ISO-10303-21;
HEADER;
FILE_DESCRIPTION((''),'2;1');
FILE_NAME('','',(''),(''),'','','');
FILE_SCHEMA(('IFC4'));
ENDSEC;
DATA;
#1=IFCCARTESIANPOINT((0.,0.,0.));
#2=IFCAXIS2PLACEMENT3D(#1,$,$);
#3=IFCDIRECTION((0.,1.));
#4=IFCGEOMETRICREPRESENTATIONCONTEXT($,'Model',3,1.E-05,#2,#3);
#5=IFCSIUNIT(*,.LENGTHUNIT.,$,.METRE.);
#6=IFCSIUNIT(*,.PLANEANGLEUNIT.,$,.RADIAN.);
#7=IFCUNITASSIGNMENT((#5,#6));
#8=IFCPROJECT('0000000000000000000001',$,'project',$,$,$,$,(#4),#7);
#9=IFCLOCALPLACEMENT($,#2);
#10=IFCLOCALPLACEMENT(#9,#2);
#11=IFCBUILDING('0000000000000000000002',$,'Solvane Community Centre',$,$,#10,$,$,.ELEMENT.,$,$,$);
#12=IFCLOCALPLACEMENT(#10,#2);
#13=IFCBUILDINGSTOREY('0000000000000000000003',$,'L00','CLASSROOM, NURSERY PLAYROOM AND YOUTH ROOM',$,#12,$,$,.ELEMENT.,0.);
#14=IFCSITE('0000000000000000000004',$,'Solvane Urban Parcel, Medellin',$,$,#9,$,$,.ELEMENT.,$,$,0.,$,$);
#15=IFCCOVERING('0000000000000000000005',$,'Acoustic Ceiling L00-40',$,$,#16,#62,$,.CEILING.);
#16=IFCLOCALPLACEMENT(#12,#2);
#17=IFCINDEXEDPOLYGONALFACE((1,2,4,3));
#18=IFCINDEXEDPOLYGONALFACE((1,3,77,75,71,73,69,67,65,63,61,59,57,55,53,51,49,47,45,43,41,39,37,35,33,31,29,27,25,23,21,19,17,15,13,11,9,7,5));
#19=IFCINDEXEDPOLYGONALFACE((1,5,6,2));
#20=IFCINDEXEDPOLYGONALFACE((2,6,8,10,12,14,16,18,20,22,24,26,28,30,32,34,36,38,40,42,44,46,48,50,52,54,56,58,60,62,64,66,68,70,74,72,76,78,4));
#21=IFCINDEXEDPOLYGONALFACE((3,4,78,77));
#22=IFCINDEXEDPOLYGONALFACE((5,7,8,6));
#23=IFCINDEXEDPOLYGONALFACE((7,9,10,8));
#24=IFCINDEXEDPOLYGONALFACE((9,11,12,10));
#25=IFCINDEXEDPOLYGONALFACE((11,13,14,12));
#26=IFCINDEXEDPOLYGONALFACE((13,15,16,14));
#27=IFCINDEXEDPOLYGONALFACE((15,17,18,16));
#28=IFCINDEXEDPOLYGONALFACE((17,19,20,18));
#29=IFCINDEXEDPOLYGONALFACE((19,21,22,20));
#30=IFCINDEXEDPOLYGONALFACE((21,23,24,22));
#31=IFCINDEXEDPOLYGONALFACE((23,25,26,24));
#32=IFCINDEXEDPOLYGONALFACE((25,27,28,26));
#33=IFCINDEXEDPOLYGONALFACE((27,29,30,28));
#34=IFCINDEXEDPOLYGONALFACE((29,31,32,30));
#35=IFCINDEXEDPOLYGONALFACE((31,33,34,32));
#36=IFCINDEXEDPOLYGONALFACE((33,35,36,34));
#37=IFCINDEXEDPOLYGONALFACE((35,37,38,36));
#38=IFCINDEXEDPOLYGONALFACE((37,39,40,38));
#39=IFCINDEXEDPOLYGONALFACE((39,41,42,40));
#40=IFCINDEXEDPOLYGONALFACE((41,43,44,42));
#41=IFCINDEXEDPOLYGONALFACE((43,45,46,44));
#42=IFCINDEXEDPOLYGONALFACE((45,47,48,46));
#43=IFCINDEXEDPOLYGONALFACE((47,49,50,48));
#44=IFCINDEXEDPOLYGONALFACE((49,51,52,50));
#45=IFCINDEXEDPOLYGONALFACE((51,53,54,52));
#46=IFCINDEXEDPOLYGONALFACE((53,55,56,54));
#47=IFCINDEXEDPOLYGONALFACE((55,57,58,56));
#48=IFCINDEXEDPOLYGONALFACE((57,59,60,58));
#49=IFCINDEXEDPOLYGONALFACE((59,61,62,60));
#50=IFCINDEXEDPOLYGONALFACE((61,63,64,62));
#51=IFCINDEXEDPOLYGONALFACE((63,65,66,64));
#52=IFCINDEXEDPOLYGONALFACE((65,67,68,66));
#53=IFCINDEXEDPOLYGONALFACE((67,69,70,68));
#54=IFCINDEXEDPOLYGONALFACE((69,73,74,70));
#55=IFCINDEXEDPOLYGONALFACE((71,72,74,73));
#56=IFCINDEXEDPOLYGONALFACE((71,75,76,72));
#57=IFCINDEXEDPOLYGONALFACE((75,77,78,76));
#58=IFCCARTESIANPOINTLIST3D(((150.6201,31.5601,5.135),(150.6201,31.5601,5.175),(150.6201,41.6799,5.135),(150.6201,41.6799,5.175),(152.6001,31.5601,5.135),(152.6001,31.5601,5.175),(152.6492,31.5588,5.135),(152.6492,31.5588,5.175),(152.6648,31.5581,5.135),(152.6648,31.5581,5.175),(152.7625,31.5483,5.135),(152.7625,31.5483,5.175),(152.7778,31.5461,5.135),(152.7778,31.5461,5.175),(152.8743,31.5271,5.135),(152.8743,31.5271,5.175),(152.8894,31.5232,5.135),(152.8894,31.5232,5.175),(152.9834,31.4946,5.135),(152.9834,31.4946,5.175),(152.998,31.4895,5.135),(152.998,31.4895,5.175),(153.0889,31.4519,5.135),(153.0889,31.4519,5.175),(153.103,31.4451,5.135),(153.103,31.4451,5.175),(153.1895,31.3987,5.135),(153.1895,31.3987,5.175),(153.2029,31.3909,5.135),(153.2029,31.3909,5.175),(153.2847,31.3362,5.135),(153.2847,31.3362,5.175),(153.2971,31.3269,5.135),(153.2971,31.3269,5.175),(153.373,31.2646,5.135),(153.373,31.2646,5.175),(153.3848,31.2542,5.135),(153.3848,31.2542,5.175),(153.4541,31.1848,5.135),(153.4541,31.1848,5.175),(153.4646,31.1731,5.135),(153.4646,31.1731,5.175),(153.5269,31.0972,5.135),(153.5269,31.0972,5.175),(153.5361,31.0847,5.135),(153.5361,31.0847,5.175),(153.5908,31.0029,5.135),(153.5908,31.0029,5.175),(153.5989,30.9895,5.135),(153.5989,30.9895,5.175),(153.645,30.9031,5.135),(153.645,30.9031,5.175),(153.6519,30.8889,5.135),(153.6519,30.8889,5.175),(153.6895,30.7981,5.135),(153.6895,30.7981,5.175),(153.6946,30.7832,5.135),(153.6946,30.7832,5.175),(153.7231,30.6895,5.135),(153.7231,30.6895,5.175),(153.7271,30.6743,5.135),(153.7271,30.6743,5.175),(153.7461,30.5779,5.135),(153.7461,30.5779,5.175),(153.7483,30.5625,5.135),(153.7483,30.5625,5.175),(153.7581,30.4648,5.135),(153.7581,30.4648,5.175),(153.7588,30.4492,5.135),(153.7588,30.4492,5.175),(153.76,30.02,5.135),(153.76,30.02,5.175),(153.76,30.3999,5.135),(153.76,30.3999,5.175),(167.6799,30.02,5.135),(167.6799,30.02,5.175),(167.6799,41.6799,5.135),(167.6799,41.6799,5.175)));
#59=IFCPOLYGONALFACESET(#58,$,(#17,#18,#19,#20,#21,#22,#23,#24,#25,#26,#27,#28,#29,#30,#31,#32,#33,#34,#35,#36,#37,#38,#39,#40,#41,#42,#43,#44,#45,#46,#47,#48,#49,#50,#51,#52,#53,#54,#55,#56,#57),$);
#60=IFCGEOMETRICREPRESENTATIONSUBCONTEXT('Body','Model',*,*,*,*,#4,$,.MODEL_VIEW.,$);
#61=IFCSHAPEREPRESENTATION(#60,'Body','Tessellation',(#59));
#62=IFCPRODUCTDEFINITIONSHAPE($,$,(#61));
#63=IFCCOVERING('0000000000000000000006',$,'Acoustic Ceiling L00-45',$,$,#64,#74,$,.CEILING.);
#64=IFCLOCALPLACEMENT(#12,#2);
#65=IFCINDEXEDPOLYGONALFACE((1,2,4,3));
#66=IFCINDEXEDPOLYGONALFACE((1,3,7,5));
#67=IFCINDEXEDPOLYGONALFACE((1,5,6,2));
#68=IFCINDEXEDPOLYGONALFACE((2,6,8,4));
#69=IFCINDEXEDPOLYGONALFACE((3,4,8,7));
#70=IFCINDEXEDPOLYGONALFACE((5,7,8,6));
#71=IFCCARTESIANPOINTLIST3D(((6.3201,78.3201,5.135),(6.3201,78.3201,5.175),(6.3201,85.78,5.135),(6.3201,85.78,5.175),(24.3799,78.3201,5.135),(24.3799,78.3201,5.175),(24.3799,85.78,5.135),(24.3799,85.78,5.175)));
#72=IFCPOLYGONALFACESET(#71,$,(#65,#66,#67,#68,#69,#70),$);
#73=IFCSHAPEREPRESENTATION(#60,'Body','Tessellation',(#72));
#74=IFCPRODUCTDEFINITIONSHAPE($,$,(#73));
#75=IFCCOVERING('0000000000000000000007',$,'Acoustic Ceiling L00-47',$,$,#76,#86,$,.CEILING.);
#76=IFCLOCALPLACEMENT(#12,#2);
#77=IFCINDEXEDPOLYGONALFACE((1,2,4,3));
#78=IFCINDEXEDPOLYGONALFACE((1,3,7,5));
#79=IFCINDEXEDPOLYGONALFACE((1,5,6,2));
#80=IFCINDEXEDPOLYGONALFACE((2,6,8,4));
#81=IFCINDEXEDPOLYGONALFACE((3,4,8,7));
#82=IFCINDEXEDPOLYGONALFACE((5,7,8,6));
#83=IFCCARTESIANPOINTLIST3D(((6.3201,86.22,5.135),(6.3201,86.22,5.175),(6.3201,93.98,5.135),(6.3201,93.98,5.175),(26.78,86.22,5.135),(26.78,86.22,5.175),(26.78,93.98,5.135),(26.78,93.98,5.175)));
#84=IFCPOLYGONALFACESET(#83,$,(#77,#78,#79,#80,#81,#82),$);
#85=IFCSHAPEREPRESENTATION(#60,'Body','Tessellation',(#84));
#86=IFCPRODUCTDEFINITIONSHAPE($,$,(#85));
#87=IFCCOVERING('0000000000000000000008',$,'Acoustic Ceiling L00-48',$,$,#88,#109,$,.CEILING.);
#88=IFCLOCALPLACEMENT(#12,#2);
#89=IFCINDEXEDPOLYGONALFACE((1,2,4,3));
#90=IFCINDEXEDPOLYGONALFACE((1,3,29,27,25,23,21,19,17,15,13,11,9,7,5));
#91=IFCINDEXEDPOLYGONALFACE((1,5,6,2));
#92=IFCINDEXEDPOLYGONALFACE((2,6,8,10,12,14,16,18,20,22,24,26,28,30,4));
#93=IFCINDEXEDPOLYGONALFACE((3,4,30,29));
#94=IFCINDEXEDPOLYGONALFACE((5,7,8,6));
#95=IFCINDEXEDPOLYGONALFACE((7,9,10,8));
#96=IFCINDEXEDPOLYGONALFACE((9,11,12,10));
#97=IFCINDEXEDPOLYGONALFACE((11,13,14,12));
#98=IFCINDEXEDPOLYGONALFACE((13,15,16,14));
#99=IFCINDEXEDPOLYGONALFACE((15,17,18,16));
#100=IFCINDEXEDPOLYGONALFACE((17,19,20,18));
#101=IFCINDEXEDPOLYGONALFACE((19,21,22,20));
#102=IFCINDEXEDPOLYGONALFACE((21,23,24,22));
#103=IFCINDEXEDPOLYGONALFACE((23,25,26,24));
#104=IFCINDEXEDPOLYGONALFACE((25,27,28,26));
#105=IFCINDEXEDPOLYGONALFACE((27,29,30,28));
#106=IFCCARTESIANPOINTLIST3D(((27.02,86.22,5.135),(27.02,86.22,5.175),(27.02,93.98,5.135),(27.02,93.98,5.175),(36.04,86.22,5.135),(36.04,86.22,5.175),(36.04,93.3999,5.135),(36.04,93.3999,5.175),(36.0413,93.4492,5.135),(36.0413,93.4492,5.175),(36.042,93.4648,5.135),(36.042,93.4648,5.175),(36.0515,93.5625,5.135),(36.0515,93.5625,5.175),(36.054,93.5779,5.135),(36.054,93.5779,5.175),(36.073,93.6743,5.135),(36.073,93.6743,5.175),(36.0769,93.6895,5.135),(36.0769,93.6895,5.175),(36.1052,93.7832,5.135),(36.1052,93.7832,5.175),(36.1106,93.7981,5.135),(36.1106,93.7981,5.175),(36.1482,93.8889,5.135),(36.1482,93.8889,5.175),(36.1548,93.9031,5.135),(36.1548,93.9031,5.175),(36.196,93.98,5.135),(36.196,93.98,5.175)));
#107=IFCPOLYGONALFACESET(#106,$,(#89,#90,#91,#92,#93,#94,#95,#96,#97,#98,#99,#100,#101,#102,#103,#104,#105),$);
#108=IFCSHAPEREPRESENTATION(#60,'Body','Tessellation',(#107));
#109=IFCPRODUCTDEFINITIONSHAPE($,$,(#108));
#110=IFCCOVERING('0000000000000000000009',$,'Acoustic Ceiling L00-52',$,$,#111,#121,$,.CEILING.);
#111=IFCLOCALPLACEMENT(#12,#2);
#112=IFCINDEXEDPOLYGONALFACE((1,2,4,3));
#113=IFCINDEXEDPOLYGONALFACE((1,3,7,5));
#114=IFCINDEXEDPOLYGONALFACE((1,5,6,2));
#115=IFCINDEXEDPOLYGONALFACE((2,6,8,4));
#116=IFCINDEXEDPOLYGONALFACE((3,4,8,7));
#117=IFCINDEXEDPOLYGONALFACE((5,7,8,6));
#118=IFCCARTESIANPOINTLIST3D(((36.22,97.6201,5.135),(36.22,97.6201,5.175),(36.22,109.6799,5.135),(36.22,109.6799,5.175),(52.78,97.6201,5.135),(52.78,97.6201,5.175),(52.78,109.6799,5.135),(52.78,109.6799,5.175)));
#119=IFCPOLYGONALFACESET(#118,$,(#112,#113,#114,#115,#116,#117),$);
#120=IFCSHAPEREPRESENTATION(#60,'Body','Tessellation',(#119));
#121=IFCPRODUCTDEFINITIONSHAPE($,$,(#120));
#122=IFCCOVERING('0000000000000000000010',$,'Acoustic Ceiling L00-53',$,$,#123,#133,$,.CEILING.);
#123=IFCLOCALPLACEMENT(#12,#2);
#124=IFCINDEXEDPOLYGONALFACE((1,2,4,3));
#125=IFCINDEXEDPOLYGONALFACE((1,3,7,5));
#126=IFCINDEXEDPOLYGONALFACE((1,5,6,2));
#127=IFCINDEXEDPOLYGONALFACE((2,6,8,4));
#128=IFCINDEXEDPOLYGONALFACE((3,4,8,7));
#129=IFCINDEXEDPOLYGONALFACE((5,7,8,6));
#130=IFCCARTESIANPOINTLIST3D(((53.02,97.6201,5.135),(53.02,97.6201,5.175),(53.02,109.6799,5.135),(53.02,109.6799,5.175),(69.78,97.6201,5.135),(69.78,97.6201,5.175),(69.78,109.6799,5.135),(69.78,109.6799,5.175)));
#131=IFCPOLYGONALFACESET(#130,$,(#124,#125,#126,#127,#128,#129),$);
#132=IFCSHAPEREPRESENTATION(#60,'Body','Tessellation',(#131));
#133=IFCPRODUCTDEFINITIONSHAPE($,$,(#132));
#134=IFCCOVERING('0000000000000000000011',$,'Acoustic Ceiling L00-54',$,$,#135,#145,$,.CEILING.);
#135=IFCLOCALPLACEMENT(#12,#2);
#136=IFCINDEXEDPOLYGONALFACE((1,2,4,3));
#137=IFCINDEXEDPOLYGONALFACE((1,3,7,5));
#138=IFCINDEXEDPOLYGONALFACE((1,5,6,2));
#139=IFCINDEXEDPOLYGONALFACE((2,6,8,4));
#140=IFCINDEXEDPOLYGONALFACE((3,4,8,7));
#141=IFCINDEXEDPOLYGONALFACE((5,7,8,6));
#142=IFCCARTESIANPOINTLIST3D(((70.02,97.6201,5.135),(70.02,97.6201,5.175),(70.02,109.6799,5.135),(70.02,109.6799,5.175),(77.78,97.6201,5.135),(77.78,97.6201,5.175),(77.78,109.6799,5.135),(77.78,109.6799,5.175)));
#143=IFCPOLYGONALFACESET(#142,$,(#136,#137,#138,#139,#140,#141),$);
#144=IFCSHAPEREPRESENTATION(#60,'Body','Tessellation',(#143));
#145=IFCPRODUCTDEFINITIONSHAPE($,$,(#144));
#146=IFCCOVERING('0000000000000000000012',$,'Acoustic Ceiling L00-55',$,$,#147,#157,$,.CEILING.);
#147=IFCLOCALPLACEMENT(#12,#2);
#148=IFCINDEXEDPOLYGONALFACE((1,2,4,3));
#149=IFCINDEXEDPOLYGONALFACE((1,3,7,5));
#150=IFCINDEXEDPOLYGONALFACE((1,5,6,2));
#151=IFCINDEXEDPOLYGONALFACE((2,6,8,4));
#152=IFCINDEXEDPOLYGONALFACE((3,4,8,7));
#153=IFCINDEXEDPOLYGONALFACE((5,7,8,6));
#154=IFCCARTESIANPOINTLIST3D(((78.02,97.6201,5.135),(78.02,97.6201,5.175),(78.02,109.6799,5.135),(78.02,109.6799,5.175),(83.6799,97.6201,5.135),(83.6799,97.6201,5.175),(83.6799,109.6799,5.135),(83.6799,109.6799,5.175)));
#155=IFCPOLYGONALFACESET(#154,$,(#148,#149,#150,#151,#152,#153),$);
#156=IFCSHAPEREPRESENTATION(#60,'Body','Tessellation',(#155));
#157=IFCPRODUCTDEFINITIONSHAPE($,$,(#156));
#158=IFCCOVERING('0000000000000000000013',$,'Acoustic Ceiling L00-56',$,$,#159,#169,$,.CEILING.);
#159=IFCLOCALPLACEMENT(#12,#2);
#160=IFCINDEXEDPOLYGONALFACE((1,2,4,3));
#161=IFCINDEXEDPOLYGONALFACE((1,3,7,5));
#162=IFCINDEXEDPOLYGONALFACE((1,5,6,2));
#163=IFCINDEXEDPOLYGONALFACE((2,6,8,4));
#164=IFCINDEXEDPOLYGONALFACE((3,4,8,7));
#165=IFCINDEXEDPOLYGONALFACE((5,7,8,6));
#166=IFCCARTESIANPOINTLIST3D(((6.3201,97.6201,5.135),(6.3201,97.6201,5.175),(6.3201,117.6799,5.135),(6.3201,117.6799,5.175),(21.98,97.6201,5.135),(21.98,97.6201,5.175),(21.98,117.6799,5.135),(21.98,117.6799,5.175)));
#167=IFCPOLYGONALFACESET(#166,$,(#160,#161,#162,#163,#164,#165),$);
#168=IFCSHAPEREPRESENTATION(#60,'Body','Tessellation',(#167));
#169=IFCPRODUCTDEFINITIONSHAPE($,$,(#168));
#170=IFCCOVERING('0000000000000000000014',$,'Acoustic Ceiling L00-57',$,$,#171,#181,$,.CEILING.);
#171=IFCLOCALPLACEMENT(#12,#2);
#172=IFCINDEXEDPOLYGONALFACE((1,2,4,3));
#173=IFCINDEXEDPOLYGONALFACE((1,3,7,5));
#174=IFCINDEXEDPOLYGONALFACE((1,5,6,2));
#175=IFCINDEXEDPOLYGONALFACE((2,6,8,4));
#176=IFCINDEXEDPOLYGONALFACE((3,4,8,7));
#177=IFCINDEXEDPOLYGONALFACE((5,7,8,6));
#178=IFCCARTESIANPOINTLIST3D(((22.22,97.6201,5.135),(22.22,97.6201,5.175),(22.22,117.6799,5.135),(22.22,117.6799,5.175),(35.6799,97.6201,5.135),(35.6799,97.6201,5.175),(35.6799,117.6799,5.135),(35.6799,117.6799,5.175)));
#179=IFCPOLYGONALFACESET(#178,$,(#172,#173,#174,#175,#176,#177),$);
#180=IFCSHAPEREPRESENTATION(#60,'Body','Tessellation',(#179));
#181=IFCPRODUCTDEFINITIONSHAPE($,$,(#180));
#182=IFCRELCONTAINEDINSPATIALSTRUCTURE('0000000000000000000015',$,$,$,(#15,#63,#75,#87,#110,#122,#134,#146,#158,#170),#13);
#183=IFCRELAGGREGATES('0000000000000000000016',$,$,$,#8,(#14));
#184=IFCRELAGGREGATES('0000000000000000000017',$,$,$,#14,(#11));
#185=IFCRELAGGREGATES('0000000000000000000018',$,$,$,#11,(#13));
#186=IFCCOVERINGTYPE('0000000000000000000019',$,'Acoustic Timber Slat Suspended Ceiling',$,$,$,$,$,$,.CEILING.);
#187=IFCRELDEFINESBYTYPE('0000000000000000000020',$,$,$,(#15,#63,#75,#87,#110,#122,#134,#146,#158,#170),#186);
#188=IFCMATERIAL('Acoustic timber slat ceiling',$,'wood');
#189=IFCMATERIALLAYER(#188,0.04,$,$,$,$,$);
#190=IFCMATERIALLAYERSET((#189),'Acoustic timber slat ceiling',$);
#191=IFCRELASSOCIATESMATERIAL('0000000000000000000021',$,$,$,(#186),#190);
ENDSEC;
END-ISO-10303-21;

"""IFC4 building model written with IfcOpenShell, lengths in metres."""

from ifc_helpers import new_model, si_unit, direction, frame, origin, place, context, subcontext, project, spatial, polyline, outline, extrude, material, layer, layer_set, type_object, element, save


model = new_model("IFC4")

# Units and contexts
model_context = context("Model", 3, precision=1e-05, world=origin(), true_north=direction((0.0, 1.0)))
body_context = subcontext(model_context, "Body", "Model", "MODEL_VIEW")
ifc_project = project(units=[si_unit("LENGTHUNIT", "METRE"), si_unit("PLANEANGLEUNIT", "RADIAN")], contexts=[model_context])

# Site, building, storey
site_placement = place(None, origin())
site = spatial("IfcSite", under=ifc_project, at=site_placement, Name="Solvane Urban Parcel, Medellin", CompositionType="ELEMENT", RefElevation=0.0)
building_placement = place(site_placement, origin())
building = spatial("IfcBuilding", under=site, at=building_placement, Name="Solvane Community Centre", CompositionType="ELEMENT")
storey_placement = place(building_placement, origin())
storey = spatial("IfcBuildingStorey", under=building, at=storey_placement, Name="L00", Description="CLASSROOM, NURSERY PLAYROOM AND YOUTH ROOM", CompositionType="ELEMENT", Elevation=0.0)

# Coverings
ifc_material_1 = material(Name="Acoustic timber slat ceiling", Category="wood")
ifc_layer_1 = layer(ifc_material_1, 0.04)
ifc_layer_set_1 = layer_set([ifc_layer_1], Name="Acoustic timber slat ceiling")
covering_type = type_object("IfcCoveringType", Name="Acoustic Timber Slat Suspended Ceiling", PredefinedType="CEILING", material=ifc_layer_set_1)
covering_1_placement = place(storey_placement, frame((0.0, 0.0, 5.135)))
element("IfcCovering", 1, at=covering_1_placement, inside=storey, type_object=covering_type, Name="Acoustic Ceiling L00-40", PredefinedType="CEILING", context=body_context, shape_type="SweptSolid", body=[
    extrude(outline(polyline([(150.6201, 41.6799), (167.6799, 41.6799), (167.6799, 30.02), (153.76, 30.02), (153.76, 30.3999), (153.7588, 30.4492), (153.7581, 30.4648), (153.7483, 30.5625), (153.7461, 30.5779), (153.7271, 30.6743), (153.7231, 30.6895), (153.6946, 30.7832), (153.6895, 30.7981), (153.6519, 30.8889), (153.645, 30.9031), (153.5989, 30.9895), (153.5908, 31.0029), (153.5361, 31.0847), (153.5269, 31.0972), (153.4646, 31.1731), (153.4541, 31.1848), (153.3848, 31.2542), (153.373, 31.2646), (153.2971, 31.3269), (153.2847, 31.3362), (153.2029, 31.3909), (153.1895, 31.3987), (153.103, 31.4451), (153.0889, 31.4519), (152.998, 31.4895), (152.9834, 31.4946), (152.8894, 31.5232), (152.8743, 31.5271), (152.7778, 31.5461), (152.7625, 31.5483), (152.6648, 31.5581), (152.6492, 31.5588), (152.6001, 31.5601), (150.6201, 31.5601), (150.6201, 41.6799)])), origin(), (0.0, 0.0, 1.0), 0.04),
])
covering_2_placement = place(storey_placement, frame((0.0, 0.0, 5.135)))
element("IfcCovering", 2, at=covering_2_placement, inside=storey, type_object=covering_type, Name="Acoustic Ceiling L00-45", PredefinedType="CEILING", context=body_context, shape_type="SweptSolid", body=[
    extrude(outline(polyline([(6.3201, 78.3201), (6.3201, 85.78), (24.3799, 85.78), (24.3799, 78.3201), (6.3201, 78.3201)])), origin(), (0.0, 0.0, 1.0), 0.04),
])
covering_3_placement = place(storey_placement, frame((0.0, 0.0, 5.135)))
element("IfcCovering", 3, at=covering_3_placement, inside=storey, type_object=covering_type, Name="Acoustic Ceiling L00-47", PredefinedType="CEILING", context=body_context, shape_type="SweptSolid", body=[
    extrude(outline(polyline([(6.3201, 86.22), (6.3201, 93.98), (26.78, 93.98), (26.78, 86.22), (6.3201, 86.22)])), origin(), (0.0, 0.0, 1.0), 0.04),
])
covering_4_placement = place(storey_placement, frame((0.0, 0.0, 5.135)))
element("IfcCovering", 4, at=covering_4_placement, inside=storey, type_object=covering_type, Name="Acoustic Ceiling L00-48", PredefinedType="CEILING", context=body_context, shape_type="SweptSolid", body=[
    extrude(outline(polyline([(27.02, 86.22), (27.02, 93.98), (36.196, 93.98), (36.1548, 93.9031), (36.1482, 93.8889), (36.1106, 93.7981), (36.1052, 93.7832), (36.0769, 93.6895), (36.073, 93.6743), (36.054, 93.5779), (36.0515, 93.5625), (36.042, 93.4648), (36.0413, 93.4492), (36.04, 93.3999), (36.04, 86.22), (27.02, 86.22)])), origin(), (0.0, 0.0, 1.0), 0.04),
])
covering_5_placement = place(storey_placement, frame((0.0, 0.0, 5.135)))
element("IfcCovering", 5, at=covering_5_placement, inside=storey, type_object=covering_type, Name="Acoustic Ceiling L00-52", PredefinedType="CEILING", context=body_context, shape_type="SweptSolid", body=[
    extrude(outline(polyline([(36.22, 97.6201), (36.22, 109.6799), (52.78, 109.6799), (52.78, 97.6201), (36.22, 97.6201)])), origin(), (0.0, 0.0, 1.0), 0.04),
])
covering_6_placement = place(storey_placement, frame((0.0, 0.0, 5.135)))
element("IfcCovering", 6, at=covering_6_placement, inside=storey, type_object=covering_type, Name="Acoustic Ceiling L00-53", PredefinedType="CEILING", context=body_context, shape_type="SweptSolid", body=[
    extrude(outline(polyline([(53.02, 97.6201), (53.02, 109.6799), (69.78, 109.6799), (69.78, 97.6201), (53.02, 97.6201)])), origin(), (0.0, 0.0, 1.0), 0.04),
])
covering_7_placement = place(storey_placement, frame((0.0, 0.0, 5.135)))
element("IfcCovering", 7, at=covering_7_placement, inside=storey, type_object=covering_type, Name="Acoustic Ceiling L00-54", PredefinedType="CEILING", context=body_context, shape_type="SweptSolid", body=[
    extrude(outline(polyline([(70.02, 97.6201), (70.02, 109.6799), (77.78, 109.6799), (77.78, 97.6201), (70.02, 97.6201)])), origin(), (0.0, 0.0, 1.0), 0.04),
])
covering_8_placement = place(storey_placement, frame((0.0, 0.0, 5.135)))
element("IfcCovering", 8, at=covering_8_placement, inside=storey, type_object=covering_type, Name="Acoustic Ceiling L00-55", PredefinedType="CEILING", context=body_context, shape_type="SweptSolid", body=[
    extrude(outline(polyline([(78.02, 97.6201), (78.02, 109.6799), (83.6799, 109.6799), (83.6799, 97.6201), (78.02, 97.6201)])), origin(), (0.0, 0.0, 1.0), 0.04),
])
covering_9_placement = place(storey_placement, frame((0.0, 0.0, 5.135)))
element("IfcCovering", 9, at=covering_9_placement, inside=storey, type_object=covering_type, Name="Acoustic Ceiling L00-56", PredefinedType="CEILING", context=body_context, shape_type="SweptSolid", body=[
    extrude(outline(polyline([(6.3201, 97.6201), (6.3201, 117.6799), (21.98, 117.6799), (21.98, 97.6201), (6.3201, 97.6201)])), origin(), (0.0, 0.0, 1.0), 0.04),
])
covering_10_placement = place(storey_placement, frame((0.0, 0.0, 5.135)))
element("IfcCovering", 10, at=covering_10_placement, inside=storey, type_object=covering_type, Name="Acoustic Ceiling L00-57", PredefinedType="CEILING", context=body_context, shape_type="SweptSolid", body=[
    extrude(outline(polyline([(22.22, 97.6201), (22.22, 117.6799), (35.6799, 117.6799), (35.6799, 97.6201), (22.22, 97.6201)])), origin(), (0.0, 0.0, 1.0), 0.04),
])

save(model, "model.ifc")
